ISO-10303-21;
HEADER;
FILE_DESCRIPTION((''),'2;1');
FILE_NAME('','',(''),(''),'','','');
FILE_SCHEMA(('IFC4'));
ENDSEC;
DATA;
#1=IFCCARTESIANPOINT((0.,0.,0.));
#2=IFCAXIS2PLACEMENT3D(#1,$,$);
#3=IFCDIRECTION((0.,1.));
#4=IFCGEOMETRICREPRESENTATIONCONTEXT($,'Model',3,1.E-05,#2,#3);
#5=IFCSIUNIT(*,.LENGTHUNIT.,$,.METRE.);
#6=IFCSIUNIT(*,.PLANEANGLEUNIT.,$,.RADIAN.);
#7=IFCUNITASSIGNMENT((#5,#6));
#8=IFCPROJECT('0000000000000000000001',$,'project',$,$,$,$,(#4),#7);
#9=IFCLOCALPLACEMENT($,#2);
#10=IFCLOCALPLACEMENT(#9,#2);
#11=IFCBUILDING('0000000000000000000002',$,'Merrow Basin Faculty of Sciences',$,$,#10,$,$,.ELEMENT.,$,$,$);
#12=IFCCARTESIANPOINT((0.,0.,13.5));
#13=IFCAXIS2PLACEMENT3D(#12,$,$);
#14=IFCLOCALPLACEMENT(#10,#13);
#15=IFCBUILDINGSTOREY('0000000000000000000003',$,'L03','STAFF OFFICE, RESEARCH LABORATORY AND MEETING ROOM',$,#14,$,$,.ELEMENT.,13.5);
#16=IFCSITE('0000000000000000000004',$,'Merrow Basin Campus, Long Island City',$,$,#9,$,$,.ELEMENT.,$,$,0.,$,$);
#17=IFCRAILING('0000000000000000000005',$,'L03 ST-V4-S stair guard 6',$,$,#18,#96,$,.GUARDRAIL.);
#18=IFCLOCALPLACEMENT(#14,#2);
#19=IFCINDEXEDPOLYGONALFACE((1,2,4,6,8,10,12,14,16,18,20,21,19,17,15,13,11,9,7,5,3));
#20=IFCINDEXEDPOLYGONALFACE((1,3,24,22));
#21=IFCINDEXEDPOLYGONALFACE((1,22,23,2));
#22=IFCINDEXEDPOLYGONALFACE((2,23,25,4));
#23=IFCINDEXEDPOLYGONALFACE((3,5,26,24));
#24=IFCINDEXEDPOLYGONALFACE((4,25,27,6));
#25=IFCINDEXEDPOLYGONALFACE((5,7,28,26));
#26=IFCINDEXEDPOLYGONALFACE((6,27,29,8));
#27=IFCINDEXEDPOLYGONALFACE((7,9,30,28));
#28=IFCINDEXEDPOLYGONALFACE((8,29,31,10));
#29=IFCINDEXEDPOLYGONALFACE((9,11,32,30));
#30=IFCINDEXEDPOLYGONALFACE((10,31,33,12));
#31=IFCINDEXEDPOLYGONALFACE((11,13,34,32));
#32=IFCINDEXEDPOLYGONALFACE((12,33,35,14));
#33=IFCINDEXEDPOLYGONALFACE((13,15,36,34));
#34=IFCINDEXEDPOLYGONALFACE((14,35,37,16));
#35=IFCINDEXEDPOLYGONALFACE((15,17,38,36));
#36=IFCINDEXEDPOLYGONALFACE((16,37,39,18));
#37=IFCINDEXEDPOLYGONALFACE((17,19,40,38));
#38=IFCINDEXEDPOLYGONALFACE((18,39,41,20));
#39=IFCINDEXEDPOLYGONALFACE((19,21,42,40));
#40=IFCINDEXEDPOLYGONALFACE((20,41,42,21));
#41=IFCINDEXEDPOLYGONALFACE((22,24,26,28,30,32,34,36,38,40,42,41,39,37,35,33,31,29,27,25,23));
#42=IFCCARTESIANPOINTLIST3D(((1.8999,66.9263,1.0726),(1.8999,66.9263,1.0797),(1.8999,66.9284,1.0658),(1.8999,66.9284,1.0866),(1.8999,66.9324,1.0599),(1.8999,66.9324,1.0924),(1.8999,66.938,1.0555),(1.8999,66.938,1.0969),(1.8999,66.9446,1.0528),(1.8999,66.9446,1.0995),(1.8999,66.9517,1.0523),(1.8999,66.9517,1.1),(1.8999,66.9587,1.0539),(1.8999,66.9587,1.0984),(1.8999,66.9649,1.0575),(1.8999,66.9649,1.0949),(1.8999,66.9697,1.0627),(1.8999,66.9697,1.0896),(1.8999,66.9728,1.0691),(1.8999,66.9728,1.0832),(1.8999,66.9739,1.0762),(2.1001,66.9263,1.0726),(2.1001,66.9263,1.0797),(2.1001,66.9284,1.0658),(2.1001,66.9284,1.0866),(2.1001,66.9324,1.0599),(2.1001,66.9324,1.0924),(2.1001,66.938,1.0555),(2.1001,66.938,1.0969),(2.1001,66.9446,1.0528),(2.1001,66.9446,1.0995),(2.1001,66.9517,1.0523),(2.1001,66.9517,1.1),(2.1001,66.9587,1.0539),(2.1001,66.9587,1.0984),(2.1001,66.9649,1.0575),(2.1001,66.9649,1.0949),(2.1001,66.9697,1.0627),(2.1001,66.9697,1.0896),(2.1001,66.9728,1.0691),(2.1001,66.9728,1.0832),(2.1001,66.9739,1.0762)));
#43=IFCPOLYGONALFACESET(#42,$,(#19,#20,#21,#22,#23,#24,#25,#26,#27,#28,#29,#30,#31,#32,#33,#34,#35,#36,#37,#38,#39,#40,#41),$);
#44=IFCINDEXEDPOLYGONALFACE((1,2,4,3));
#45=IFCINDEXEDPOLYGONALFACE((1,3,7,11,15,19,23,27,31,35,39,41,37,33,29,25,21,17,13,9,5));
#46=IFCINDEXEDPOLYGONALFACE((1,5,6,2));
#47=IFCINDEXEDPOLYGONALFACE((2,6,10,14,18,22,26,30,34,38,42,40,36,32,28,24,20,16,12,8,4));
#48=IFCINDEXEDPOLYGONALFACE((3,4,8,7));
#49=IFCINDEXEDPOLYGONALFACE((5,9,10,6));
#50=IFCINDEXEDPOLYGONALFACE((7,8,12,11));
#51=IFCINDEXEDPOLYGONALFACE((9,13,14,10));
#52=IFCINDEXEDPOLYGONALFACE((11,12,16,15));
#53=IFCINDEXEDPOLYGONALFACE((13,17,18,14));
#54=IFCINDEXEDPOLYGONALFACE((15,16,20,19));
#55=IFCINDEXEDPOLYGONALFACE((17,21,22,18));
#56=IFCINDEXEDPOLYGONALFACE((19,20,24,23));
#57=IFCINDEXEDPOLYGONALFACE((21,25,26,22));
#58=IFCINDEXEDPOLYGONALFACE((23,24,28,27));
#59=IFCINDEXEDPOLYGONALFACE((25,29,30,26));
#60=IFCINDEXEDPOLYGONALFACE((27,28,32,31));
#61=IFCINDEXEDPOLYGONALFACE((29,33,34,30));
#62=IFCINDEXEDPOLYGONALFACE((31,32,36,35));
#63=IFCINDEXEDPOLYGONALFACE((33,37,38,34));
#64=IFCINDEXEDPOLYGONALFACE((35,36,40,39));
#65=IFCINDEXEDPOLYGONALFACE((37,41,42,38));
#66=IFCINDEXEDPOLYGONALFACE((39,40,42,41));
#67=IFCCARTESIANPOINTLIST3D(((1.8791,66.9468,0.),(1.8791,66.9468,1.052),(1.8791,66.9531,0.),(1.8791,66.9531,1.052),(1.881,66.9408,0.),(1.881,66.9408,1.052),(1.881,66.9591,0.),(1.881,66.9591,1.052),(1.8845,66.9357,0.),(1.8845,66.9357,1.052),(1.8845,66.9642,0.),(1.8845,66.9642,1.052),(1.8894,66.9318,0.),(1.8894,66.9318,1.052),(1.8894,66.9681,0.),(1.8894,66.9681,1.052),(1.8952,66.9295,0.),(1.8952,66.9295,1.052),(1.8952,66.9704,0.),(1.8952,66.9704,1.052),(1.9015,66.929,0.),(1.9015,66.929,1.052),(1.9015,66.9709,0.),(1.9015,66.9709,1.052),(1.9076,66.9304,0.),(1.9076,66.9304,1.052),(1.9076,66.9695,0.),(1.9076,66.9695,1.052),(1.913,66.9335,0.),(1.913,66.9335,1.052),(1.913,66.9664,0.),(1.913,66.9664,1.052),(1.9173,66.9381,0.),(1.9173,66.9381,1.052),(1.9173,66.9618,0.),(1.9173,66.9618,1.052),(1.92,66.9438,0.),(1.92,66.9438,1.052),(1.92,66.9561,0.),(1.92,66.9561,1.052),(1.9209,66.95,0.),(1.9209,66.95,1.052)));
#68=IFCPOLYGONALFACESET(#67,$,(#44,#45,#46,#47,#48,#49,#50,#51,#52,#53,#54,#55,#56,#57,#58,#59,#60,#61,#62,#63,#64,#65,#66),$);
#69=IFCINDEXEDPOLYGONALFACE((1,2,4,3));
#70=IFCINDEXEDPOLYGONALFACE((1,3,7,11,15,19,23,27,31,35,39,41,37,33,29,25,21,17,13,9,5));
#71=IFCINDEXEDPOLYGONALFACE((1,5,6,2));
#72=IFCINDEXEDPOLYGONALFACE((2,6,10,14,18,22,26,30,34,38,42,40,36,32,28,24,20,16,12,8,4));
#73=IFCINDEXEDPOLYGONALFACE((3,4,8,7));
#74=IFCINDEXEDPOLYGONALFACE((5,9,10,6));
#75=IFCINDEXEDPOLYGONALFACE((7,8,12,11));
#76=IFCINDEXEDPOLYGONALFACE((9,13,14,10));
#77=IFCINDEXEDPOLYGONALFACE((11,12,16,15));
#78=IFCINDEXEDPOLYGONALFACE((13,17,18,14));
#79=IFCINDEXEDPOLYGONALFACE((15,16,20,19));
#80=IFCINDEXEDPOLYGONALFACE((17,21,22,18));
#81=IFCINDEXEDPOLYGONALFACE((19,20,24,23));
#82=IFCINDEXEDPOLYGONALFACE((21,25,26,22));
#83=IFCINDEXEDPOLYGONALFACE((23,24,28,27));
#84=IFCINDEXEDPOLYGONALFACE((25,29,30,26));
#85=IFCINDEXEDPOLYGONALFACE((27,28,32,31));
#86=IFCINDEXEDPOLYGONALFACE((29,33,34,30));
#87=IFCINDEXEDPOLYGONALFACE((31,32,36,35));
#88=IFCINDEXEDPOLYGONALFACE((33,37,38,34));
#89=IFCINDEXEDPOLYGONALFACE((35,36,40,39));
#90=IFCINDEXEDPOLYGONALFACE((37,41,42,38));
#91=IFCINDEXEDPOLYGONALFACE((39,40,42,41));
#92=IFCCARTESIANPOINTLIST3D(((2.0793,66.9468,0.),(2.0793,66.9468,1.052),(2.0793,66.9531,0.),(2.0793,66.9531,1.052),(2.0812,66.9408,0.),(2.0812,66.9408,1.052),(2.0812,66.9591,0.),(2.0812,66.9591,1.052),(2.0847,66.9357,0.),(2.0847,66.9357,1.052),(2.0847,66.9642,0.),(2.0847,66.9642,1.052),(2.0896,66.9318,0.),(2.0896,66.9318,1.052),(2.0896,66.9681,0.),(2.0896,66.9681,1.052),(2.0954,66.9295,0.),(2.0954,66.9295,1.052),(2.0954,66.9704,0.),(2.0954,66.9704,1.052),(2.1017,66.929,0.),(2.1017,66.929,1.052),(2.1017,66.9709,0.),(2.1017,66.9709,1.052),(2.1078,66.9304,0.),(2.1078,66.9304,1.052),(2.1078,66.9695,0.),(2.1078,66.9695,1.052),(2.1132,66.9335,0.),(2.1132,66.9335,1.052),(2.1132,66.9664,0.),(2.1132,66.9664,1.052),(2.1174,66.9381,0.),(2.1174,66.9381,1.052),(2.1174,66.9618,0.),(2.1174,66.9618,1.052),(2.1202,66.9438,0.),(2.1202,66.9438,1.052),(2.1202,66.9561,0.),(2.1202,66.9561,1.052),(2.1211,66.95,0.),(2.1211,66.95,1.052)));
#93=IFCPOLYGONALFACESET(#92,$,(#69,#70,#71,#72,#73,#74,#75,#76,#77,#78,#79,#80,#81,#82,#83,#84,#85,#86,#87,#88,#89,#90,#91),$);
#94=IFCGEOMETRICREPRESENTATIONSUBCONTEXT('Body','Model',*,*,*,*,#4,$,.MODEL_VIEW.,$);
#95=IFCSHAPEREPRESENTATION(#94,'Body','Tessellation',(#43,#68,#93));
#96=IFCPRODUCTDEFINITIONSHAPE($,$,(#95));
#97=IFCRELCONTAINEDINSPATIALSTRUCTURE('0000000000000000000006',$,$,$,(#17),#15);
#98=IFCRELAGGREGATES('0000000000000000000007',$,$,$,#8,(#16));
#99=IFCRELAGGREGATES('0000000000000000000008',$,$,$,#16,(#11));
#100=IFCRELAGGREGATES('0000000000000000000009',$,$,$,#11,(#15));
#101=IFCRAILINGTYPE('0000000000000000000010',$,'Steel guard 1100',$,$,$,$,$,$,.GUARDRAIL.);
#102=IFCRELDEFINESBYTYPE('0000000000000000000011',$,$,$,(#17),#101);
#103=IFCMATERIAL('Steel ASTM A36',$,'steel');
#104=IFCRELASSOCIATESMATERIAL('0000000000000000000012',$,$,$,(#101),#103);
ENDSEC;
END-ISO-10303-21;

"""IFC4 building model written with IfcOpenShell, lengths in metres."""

from ifc_helpers import new_model, si_unit, direction, frame, origin, origin_2d, place, context, subcontext, project, spatial, circle, extrude, material, type_object, element, save


model = new_model("IFC4")

# Units and contexts
model_context = context("Model", 3, precision=1e-05, world=origin(), true_north=direction((0.0, 1.0)))
body_context = subcontext(model_context, "Body", "Model", "MODEL_VIEW")
ifc_project = project(units=[si_unit("LENGTHUNIT", "METRE"), si_unit("PLANEANGLEUNIT", "RADIAN")], contexts=[model_context])

# Site, building, storey
site_placement = place(None, origin())
site = spatial("IfcSite", under=ifc_project, at=site_placement, Name="Merrow Basin Campus, Long Island City", CompositionType="ELEMENT", RefElevation=0.0)
building_placement = place(site_placement, origin())
building = spatial("IfcBuilding", under=site, at=building_placement, Name="Merrow Basin Faculty of Sciences", CompositionType="ELEMENT")
storey_placement = place(building_placement, frame((0.0, 0.0, 13.5)))
storey = spatial("IfcBuildingStorey", under=building, at=storey_placement, Name="L03", Description="STAFF OFFICE, RESEARCH LABORATORY AND MEETING ROOM", CompositionType="ELEMENT", Elevation=13.5)

# Railing
ifc_material_1 = material(Name="Steel ASTM A36", Category="steel")
railing_type_1 = type_object("IfcRailingType", Name="Steel guard 1100", PredefinedType="GUARDRAIL", material=ifc_material_1)
railing_1_placement = place(storey_placement, frame((1.8999, 66.95, 0.0)))
element("IfcRailing", 1, at=railing_1_placement, inside=storey, type_object=railing_type_1, Name="L03 ST-V4-S stair guard 6", PredefinedType="GUARDRAIL", context=body_context, shape_type="SweptSolid", body=[
    extrude(circle(Radius=0.0239, at=origin_2d()), frame((0.0, 0.0, 1.0762), z_axis=(1.0, 0.0, 0.0), x_axis=(0.0, 1.0, 0.0)), (0.0, 0.0, 1.0), 0.2002),
    extrude(circle(Radius=0.021, at=origin_2d()), origin(), (0.0, 0.0, 1.0), 1.052),
    extrude(circle(Radius=0.021, at=origin_2d()), frame((0.2002, 0.0, 0.0)), (0.0, 0.0, 1.0), 1.052),
])

save(model, "model.ifc")
